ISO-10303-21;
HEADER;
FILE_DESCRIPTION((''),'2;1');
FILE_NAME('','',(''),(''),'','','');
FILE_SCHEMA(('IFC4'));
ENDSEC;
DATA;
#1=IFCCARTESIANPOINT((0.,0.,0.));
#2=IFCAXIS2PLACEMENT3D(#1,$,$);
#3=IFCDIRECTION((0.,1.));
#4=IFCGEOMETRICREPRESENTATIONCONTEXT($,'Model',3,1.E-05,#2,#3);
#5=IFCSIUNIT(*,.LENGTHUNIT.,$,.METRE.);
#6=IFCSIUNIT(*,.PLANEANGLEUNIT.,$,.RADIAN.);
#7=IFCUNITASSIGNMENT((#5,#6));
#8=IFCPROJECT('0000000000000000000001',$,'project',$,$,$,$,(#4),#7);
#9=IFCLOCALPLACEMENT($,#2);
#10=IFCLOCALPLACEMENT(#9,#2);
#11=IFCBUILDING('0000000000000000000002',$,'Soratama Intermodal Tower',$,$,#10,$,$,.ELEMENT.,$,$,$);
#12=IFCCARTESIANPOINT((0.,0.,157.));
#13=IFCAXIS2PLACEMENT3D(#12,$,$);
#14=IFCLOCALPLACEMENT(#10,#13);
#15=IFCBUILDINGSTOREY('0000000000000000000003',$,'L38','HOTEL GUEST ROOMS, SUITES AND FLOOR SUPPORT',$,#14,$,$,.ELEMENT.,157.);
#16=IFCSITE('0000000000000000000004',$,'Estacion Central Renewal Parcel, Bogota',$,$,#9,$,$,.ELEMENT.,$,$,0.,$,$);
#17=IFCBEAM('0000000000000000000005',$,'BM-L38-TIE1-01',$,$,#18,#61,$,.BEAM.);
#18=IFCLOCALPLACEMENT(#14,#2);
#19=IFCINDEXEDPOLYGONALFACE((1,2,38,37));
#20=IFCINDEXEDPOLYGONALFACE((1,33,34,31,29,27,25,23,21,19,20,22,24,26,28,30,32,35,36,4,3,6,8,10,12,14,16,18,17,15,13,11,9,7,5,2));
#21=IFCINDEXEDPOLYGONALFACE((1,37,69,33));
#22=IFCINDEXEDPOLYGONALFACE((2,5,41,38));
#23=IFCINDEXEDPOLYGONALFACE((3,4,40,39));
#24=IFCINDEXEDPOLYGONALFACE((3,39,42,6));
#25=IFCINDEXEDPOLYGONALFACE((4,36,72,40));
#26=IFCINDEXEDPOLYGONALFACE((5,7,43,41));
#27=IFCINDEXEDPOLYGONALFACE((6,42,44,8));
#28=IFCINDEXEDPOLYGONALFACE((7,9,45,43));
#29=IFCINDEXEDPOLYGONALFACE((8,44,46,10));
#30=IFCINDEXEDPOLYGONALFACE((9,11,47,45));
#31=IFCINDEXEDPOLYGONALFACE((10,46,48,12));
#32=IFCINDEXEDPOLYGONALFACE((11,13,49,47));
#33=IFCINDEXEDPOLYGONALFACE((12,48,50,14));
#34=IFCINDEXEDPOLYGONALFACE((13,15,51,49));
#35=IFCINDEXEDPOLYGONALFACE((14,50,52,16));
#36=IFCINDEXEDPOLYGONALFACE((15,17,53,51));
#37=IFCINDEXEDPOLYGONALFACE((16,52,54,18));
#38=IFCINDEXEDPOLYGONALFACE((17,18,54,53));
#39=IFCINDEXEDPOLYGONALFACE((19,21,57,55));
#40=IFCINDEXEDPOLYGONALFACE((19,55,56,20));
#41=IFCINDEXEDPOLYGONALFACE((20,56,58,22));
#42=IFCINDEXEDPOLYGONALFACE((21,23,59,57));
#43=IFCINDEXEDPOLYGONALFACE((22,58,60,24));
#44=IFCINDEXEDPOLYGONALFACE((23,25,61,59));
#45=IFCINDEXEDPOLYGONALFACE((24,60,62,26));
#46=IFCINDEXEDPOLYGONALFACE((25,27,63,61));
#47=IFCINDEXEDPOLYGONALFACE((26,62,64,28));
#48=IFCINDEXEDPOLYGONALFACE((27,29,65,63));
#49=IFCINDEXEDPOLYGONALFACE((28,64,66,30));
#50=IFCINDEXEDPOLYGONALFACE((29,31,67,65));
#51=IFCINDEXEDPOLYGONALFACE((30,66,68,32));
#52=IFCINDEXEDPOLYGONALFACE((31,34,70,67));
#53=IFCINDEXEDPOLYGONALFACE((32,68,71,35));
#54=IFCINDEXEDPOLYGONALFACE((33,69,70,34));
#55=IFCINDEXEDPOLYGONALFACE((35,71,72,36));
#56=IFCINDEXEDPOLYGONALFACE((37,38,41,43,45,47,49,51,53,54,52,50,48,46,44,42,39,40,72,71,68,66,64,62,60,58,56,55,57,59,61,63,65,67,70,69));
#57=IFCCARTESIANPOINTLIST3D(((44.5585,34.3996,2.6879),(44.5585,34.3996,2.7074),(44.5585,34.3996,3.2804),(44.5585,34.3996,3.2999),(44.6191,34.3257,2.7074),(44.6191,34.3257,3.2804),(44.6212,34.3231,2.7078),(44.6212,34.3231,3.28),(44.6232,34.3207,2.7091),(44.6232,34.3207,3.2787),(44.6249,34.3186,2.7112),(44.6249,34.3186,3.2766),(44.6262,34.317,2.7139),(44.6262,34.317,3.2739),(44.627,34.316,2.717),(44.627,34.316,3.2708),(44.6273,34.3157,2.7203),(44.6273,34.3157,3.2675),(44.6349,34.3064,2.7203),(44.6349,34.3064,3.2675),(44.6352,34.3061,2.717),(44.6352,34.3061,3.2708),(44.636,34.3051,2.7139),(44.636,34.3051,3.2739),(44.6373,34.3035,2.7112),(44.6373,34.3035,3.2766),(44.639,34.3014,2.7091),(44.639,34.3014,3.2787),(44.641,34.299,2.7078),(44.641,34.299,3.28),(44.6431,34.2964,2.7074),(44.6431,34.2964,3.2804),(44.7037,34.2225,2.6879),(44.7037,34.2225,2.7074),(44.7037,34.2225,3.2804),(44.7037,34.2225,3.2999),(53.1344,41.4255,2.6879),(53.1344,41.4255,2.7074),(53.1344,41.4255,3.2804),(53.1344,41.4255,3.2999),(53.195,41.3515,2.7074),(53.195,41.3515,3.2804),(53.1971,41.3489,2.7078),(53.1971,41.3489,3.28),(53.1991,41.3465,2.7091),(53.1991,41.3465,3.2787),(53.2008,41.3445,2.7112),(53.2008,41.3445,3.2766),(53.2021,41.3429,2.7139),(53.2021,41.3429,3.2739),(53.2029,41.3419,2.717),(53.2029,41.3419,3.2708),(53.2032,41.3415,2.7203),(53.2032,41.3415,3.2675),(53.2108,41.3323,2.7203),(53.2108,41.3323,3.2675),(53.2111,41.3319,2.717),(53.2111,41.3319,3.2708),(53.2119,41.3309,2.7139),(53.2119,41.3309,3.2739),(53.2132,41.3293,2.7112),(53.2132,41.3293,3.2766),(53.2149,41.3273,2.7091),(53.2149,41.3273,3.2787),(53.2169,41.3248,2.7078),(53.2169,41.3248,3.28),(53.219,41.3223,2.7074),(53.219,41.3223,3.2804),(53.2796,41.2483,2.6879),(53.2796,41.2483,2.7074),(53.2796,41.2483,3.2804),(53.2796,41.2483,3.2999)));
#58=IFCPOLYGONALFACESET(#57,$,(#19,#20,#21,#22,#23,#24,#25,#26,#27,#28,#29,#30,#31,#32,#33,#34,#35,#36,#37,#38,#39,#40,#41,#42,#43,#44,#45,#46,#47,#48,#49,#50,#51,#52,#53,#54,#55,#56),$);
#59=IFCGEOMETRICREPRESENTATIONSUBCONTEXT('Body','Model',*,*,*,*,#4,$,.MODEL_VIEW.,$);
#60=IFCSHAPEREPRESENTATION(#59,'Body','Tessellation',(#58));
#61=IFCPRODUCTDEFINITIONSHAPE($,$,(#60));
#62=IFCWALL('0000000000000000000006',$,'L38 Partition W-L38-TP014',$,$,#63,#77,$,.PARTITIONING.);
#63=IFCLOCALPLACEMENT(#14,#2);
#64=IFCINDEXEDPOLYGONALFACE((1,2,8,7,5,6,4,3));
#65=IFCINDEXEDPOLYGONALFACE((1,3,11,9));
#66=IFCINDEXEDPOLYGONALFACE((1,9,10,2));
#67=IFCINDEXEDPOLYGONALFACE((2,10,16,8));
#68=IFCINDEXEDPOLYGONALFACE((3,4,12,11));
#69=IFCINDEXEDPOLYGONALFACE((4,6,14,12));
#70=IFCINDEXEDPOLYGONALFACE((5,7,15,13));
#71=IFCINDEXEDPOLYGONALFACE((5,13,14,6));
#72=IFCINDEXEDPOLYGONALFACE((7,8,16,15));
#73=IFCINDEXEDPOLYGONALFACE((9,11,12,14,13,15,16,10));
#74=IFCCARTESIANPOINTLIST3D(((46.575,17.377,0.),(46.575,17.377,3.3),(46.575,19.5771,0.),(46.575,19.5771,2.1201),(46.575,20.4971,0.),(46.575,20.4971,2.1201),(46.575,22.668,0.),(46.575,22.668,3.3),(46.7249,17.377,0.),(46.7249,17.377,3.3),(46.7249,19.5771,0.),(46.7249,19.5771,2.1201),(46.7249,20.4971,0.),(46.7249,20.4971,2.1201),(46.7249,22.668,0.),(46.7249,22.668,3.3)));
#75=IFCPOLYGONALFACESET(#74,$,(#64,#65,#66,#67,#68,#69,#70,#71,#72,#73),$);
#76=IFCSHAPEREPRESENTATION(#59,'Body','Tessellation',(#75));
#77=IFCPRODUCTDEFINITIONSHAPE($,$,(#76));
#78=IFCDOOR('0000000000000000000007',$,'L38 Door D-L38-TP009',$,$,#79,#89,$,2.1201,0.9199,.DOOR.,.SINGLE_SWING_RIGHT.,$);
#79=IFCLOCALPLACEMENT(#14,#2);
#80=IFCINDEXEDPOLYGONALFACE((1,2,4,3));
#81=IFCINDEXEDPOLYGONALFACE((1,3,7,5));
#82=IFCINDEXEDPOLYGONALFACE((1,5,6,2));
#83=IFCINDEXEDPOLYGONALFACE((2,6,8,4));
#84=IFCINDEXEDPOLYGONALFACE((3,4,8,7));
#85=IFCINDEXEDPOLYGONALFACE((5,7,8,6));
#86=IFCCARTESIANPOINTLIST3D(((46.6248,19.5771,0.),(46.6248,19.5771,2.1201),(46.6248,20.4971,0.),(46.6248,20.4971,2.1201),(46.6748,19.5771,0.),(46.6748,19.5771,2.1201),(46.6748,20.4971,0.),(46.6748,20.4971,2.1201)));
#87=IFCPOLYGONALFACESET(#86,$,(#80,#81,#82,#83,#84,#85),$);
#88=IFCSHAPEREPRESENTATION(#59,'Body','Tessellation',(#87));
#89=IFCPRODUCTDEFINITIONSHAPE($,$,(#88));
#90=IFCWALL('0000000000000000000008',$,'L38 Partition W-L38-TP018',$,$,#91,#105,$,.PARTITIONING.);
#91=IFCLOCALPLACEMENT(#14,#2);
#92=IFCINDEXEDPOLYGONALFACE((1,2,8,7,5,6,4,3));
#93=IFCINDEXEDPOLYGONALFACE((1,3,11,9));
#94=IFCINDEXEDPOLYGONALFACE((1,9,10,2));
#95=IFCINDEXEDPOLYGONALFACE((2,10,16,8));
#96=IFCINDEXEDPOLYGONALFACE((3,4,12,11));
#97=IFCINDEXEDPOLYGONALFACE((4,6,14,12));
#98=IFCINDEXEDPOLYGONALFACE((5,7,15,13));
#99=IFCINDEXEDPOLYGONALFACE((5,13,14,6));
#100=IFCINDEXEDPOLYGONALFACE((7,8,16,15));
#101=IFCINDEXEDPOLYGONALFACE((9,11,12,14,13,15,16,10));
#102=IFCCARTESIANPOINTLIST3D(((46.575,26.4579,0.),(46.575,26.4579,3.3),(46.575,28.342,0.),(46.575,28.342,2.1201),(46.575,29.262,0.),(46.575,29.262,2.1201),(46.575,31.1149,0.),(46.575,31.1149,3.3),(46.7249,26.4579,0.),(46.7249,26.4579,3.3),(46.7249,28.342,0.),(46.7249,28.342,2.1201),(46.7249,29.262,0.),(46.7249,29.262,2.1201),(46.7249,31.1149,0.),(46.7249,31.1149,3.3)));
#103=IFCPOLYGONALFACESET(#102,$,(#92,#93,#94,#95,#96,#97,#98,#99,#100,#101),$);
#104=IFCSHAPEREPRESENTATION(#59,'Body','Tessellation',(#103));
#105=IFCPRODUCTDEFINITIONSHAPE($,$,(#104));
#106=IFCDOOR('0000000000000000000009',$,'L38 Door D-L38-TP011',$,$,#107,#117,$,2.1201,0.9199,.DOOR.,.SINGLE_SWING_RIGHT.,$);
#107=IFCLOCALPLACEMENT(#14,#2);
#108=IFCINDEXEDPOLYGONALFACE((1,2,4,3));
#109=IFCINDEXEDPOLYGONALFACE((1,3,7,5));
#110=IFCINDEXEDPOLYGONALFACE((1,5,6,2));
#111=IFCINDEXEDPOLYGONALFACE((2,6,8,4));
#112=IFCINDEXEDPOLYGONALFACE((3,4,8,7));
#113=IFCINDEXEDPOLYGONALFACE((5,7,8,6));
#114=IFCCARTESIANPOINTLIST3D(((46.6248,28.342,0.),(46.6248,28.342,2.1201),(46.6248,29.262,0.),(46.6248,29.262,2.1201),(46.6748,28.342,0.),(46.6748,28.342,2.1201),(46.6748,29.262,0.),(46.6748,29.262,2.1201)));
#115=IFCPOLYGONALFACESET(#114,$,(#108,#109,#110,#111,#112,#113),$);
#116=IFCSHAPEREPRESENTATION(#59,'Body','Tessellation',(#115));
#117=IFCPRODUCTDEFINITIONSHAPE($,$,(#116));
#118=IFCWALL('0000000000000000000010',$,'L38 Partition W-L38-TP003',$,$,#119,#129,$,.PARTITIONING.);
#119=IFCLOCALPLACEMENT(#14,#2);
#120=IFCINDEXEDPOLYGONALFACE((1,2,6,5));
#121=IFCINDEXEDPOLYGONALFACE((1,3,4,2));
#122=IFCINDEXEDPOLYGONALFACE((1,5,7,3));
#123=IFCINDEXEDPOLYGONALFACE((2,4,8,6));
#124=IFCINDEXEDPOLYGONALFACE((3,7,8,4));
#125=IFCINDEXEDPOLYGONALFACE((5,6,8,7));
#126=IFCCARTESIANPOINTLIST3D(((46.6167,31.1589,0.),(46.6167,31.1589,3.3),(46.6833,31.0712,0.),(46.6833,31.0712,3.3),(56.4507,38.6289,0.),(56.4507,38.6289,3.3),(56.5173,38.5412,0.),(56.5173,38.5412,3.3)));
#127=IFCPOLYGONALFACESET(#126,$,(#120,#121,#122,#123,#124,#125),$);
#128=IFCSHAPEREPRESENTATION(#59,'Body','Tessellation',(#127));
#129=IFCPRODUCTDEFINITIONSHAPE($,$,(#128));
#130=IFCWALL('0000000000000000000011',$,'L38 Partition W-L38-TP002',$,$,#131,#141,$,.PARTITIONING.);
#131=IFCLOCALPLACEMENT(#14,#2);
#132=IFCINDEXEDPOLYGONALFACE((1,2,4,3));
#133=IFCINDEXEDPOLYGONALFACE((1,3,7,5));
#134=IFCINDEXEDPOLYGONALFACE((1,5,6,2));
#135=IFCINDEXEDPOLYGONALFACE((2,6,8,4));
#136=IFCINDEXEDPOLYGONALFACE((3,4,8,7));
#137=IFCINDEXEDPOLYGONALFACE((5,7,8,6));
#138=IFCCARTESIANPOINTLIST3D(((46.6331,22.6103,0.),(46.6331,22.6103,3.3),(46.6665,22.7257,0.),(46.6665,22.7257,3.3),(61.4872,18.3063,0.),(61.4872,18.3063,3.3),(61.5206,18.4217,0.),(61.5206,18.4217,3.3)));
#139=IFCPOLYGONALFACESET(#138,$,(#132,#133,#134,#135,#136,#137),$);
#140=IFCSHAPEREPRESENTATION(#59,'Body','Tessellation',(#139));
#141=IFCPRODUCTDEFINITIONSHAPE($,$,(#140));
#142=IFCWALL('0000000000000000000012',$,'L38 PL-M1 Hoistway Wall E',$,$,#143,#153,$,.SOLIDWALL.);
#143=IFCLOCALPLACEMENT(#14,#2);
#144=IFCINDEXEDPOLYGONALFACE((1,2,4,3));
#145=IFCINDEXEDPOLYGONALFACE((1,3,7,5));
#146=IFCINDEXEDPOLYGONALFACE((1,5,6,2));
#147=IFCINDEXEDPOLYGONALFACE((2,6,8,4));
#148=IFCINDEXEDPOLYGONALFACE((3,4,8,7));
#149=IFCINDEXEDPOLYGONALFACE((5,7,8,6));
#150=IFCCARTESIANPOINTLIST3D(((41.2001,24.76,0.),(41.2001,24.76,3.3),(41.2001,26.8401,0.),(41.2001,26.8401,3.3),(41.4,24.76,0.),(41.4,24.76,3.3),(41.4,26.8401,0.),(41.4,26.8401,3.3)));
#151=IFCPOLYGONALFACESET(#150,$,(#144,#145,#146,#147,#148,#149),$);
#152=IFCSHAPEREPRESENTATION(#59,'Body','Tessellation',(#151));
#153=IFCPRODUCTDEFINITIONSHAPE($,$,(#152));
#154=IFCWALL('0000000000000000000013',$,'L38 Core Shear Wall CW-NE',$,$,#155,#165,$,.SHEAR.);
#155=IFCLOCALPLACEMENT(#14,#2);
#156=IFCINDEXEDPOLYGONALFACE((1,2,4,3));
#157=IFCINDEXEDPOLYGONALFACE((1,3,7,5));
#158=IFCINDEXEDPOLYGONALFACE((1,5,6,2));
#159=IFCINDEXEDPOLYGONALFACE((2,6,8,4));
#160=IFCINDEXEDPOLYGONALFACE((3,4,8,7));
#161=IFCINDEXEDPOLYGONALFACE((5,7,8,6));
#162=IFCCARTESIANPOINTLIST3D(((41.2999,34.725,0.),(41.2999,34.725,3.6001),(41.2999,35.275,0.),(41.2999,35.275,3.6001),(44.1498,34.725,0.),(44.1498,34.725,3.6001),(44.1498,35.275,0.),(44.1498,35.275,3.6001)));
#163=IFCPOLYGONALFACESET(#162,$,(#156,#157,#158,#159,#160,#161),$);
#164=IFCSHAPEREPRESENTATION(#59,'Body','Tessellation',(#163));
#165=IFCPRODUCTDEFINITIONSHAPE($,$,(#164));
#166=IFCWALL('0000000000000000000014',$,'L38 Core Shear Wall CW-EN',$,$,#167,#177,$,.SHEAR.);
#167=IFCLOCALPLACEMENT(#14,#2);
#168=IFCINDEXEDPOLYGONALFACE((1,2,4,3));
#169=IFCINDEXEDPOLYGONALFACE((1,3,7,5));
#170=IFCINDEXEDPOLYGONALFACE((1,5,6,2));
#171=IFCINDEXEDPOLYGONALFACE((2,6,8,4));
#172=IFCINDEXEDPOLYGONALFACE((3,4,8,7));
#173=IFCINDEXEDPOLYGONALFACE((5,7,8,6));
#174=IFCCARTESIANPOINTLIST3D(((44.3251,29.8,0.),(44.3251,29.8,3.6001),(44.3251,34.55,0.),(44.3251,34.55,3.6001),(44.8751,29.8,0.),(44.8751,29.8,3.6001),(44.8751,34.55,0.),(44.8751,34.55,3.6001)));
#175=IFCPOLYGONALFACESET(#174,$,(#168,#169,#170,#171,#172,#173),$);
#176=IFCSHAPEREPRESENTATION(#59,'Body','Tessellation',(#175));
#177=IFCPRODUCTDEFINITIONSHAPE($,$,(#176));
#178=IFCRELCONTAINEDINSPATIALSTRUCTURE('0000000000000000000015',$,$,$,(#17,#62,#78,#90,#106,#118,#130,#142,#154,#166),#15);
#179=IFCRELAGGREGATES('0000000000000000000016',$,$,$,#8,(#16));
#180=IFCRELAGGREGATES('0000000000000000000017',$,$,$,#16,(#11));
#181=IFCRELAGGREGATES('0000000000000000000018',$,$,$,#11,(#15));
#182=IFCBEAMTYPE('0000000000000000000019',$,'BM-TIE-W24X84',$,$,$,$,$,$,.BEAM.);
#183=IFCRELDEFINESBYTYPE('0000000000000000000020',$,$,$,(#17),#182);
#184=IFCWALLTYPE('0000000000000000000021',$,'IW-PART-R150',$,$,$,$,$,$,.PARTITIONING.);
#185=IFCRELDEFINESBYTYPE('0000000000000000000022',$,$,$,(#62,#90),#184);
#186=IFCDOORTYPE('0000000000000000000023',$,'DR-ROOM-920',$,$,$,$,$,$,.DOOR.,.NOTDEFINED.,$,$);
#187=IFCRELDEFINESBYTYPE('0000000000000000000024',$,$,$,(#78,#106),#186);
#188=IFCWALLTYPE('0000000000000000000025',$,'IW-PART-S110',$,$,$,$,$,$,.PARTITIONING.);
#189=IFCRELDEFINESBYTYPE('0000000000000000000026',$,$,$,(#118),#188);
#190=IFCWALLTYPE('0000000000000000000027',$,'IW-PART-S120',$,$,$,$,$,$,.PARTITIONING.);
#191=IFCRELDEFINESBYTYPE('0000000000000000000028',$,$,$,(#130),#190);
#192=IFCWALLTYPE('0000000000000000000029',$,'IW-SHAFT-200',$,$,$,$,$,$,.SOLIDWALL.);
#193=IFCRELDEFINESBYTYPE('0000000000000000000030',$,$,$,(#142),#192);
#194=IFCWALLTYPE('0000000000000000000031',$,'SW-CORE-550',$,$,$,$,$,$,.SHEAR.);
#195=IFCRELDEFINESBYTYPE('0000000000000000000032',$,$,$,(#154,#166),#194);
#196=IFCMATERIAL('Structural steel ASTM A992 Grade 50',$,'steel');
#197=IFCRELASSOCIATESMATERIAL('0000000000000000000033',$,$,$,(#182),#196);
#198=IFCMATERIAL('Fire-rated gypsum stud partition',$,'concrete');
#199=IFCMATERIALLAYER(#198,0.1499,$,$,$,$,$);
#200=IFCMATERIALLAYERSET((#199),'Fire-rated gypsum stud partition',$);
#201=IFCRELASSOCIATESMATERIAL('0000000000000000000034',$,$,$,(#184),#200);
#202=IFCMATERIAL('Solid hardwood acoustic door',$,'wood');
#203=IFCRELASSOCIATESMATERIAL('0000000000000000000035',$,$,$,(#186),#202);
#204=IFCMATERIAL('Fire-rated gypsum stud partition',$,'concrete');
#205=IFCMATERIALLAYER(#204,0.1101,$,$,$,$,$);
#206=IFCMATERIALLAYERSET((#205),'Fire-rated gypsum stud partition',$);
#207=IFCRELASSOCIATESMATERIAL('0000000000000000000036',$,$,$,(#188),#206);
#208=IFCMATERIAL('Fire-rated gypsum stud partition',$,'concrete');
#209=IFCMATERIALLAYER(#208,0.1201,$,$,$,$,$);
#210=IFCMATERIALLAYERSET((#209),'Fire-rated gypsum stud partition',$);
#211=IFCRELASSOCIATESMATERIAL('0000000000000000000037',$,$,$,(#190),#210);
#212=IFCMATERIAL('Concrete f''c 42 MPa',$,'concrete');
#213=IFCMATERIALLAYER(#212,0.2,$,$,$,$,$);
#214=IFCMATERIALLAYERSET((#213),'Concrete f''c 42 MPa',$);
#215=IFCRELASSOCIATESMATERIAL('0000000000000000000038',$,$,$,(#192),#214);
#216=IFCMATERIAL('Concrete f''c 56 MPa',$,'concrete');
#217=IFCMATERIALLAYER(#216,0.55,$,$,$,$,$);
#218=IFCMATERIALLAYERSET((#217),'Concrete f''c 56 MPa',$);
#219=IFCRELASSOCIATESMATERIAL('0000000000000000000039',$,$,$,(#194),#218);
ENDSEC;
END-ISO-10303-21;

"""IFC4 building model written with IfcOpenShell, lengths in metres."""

from ifc_helpers import new_model, si_unit, direction, frame, frame_2d, origin, origin_2d, place, context, subcontext, project, spatial, rectangle, i_section, extrude, material, layer, layer_set, material_profile, profile_set, type_object, element, fill, save


model = new_model("IFC4")

# Units and contexts
model_context = context("Model", 3, precision=1e-05, world=origin(), true_north=direction((0.0, 1.0)))
body_context = subcontext(model_context, "Body", "Model", "MODEL_VIEW")
ifc_project = project(units=[si_unit("LENGTHUNIT", "METRE"), si_unit("PLANEANGLEUNIT", "RADIAN")], contexts=[model_context])

# Site, building, storey
site_placement = place(None, origin())
site = spatial("IfcSite", under=ifc_project, at=site_placement, Name="Estacion Central Renewal Parcel, Bogota", CompositionType="ELEMENT", RefElevation=0.0)
building_placement = place(site_placement, origin())
building = spatial("IfcBuilding", under=site, at=building_placement, Name="Soratama Intermodal Tower", CompositionType="ELEMENT")
storey_placement = place(building_placement, frame((0.0, 0.0, 157.0)))
storey = spatial("IfcBuildingStorey", under=building, at=storey_placement, Name="L38", Description="HOTEL GUEST ROOMS, SUITES AND FLOOR SUPPORT", CompositionType="ELEMENT", Elevation=157.0)

# Beam
ifc_material_1 = material(Name="Structural steel ASTM A992 Grade 50", Category="steel")
ifc_material_profile_1 = material_profile(ifc_material_1, i_section(OverallWidth=0.229, OverallDepth=0.6121, WebThickness=0.012, FlangeThickness=0.0195, FilletRadius=0.0129, at=origin_2d()), Name="W24X84")
ifc_profile_set_1 = profile_set([ifc_material_profile_1], Name="Structural steel ASTM A992 Grade 50")
beam_type_1 = type_object("IfcBeamType", Name="BM-TIE-W24X84", PredefinedType="BEAM", material=ifc_profile_set_1)
beam_1_placement = place(storey_placement, frame((44.6311, 34.311, 2.9939), z_axis=(0.77355, 0.633735, 0.0), x_axis=(-0.633735, 0.77355, 0.0)))
element("IfcBeam", 1, at=beam_1_placement, inside=storey, type_object=beam_type_1, Name="BM-L38-TIE1-01", PredefinedType="BEAM", context=body_context, shape_type="SweptSolid", body=[
    extrude(i_section(OverallWidth=0.229, OverallDepth=0.6121, WebThickness=0.012, FlangeThickness=0.0195, FilletRadius=0.0129, at=origin_2d()), origin(), (0.0, 0.0, 1.0), 11.0864),
])

# Walls, openings, doors
ifc_material_2 = material(Name="Fire-rated gypsum stud partition", Category="concrete")
ifc_layer_1 = layer(ifc_material_2, 0.1499)
ifc_layer_set_1 = layer_set([ifc_layer_1], Name="Fire-rated gypsum stud partition")
wall_type_1 = type_object("IfcWallType", Name="IW-PART-R150", PredefinedType="PARTITIONING", material=ifc_layer_set_1)
wall_1_placement = place(storey_placement, frame((46.6499, 22.668, 0.0), z_axis=(0.0, 0.0, 1.0), x_axis=(0.0, -1.0, 0.0)))
wall_1 = element("IfcWall", 2, at=wall_1_placement, inside=storey, type_object=wall_type_1, Name="L38 Partition W-L38-TP014", PredefinedType="PARTITIONING", context=body_context, shape_type="SweptSolid", body=[
    extrude(rectangle(XDim=5.291, YDim=0.1499, at=frame_2d((2.6455, 0.0))), origin(), (0.0, 0.0, 1.0), 3.3),
])
opening_1_placement = place(wall_1_placement, frame((2.1709, 0.0, 0.0)))
opening_1 = element("IfcOpeningElement", 3, at=opening_1_placement, cuts=wall_1, PredefinedType="OPENING", context=body_context, shape_type="SweptSolid", body=[
    extrude(rectangle(XDim=0.9199, YDim=2.1201, at=frame_2d((0.46, 1.0601))), frame((0.0, 0.085, 0.0), z_axis=(0.0, -1.0, 0.0), x_axis=(1.0, 0.0, 0.0)), (0.0, 0.0, 1.0), 0.1699),
])
ifc_material_3 = material(Name="Solid hardwood acoustic door", Category="wood")
door_type_1 = type_object("IfcDoorType", Name="DR-ROOM-920", OperationType="NOTDEFINED", PredefinedType="DOOR", material=ifc_material_3)
door_1_placement = place(opening_1_placement, origin())
door_1 = element("IfcDoor", 4, at=door_1_placement, inside=storey, type_object=door_type_1, Name="L38 Door D-L38-TP009", OperationType="SINGLE_SWING_RIGHT", OverallHeight=2.1201, OverallWidth=0.9199, PredefinedType="DOOR", context=body_context, shape_type="SweptSolid", body=[
    extrude(rectangle(XDim=0.9199, YDim=2.1201, at=frame_2d((0.46, 1.0601))), frame((0.0, 0.0249, 0.0), z_axis=(0.0, -1.0, 0.0), x_axis=(1.0, 0.0, 0.0)), (0.0, 0.0, 1.0), 0.05),
])
fill(opening_1, door_1)
wall_2_placement = place(storey_placement, frame((46.6499, 31.115, 0.0), z_axis=(0.0, 0.0, 1.0), x_axis=(0.0, -1.0, 0.0)))
wall_2 = element("IfcWall", 5, at=wall_2_placement, inside=storey, type_object=wall_type_1, Name="L38 Partition W-L38-TP018", PredefinedType="PARTITIONING", context=body_context, shape_type="SweptSolid", body=[
    extrude(rectangle(XDim=4.657, YDim=0.1499, at=frame_2d((2.3286, 0.0))), origin(), (0.0, 0.0, 1.0), 3.3),
])
opening_2_placement = place(wall_2_placement, frame((1.853, 0.0, 0.0)))
opening_2 = element("IfcOpeningElement", 6, at=opening_2_placement, cuts=wall_2, PredefinedType="OPENING", context=body_context, shape_type="SweptSolid", body=[
    extrude(rectangle(XDim=0.9199, YDim=2.1201, at=frame_2d((0.46, 1.0601))), frame((0.0, 0.085, 0.0), z_axis=(0.0, -1.0, 0.0), x_axis=(1.0, 0.0, 0.0)), (0.0, 0.0, 1.0), 0.1699),
])
door_2_placement = place(opening_2_placement, origin())
door_2 = element("IfcDoor", 7, at=door_2_placement, inside=storey, type_object=door_type_1, Name="L38 Door D-L38-TP011", OperationType="SINGLE_SWING_RIGHT", OverallHeight=2.1201, OverallWidth=0.9199, PredefinedType="DOOR", context=body_context, shape_type="SweptSolid", body=[
    extrude(rectangle(XDim=0.9199, YDim=2.1201, at=frame_2d((0.46, 1.0601))), frame((0.0, 0.0249, 0.0), z_axis=(0.0, -1.0, 0.0), x_axis=(1.0, 0.0, 0.0)), (0.0, 0.0, 1.0), 0.05),
])
fill(opening_2, door_2)

# Walls
ifc_material_4 = material(Name="Fire-rated gypsum stud partition", Category="concrete")
ifc_layer_2 = layer(ifc_material_4, 0.1101)
ifc_layer_set_2 = layer_set([ifc_layer_2], Name="Fire-rated gypsum stud partition")
wall_type_2 = type_object("IfcWallType", Name="IW-PART-S110", PredefinedType="PARTITIONING", material=ifc_layer_set_2)
wall_3_placement = place(storey_placement, frame((46.6499, 31.115, 0.0), z_axis=(0.0, 0.0, 1.0), x_axis=(0.796313, 0.604885, 0.0)))
element("IfcWall", 8, at=wall_3_placement, inside=storey, type_object=wall_type_2, Name="L38 Partition W-L38-TP003", PredefinedType="PARTITIONING", context=body_context, shape_type="SweptSolid", body=[
    extrude(rectangle(XDim=12.3494, YDim=0.1101, at=frame_2d((6.1748, 0.0))), origin(), (0.0, 0.0, 1.0), 3.3),
])
ifc_material_5 = material(Name="Fire-rated gypsum stud partition", Category="concrete")
ifc_layer_3 = layer(ifc_material_5, 0.1201)
ifc_layer_set_3 = layer_set([ifc_layer_3], Name="Fire-rated gypsum stud partition")
wall_type_3 = type_object("IfcWallType", Name="IW-PART-S120", PredefinedType="PARTITIONING", material=ifc_layer_set_3)
wall_4_placement = place(storey_placement, frame((46.6499, 22.668, 0.0), z_axis=(0.0, 0.0, 1.0), x_axis=(0.960493, -0.278303, 0.0)))
element("IfcWall", 9, at=wall_4_placement, inside=storey, type_object=wall_type_3, Name="L38 Partition W-L38-TP002", PredefinedType="PARTITIONING", context=body_context, shape_type="SweptSolid", body=[
    extrude(rectangle(XDim=15.4651, YDim=0.1201, at=frame_2d((7.7324, 0.0))), origin(), (0.0, 0.0, 1.0), 3.3),
])
ifc_material_6 = material(Name="Concrete f'c 42 MPa", Category="concrete")
ifc_layer_4 = layer(ifc_material_6, 0.2)
ifc_layer_set_4 = layer_set([ifc_layer_4], Name="Concrete f'c 42 MPa")
wall_type_4 = type_object("IfcWallType", Name="IW-SHAFT-200", PredefinedType="SOLIDWALL", material=ifc_layer_set_4)
wall_5_placement = place(storey_placement, frame((41.3, 24.76, 0.0), z_axis=(0.0, 0.0, 1.0), x_axis=(0.0, 1.0, 0.0)))
element("IfcWall", 10, at=wall_5_placement, inside=storey, type_object=wall_type_4, Name="L38 PL-M1 Hoistway Wall E", PredefinedType="SOLIDWALL", context=body_context, shape_type="SweptSolid", body=[
    extrude(rectangle(XDim=2.0801, YDim=0.2, at=frame_2d((1.04, 0.0))), origin(), (0.0, 0.0, 1.0), 3.3),
])
ifc_material_7 = material(Name="Concrete f'c 56 MPa", Category="concrete")
ifc_layer_5 = layer(ifc_material_7, 0.55)
ifc_layer_set_5 = layer_set([ifc_layer_5], Name="Concrete f'c 56 MPa")
wall_type_5 = type_object("IfcWallType", Name="SW-CORE-550", PredefinedType="SHEAR", material=ifc_layer_set_5)
wall_6_placement = place(storey_placement, frame((41.3, 35.0, 0.0), z_axis=(0.0, 0.0, 1.0), x_axis=(1.0, 0.0, 0.0)))
element("IfcWall", 11, at=wall_6_placement, inside=storey, type_object=wall_type_5, Name="L38 Core Shear Wall CW-NE", PredefinedType="SHEAR", context=body_context, shape_type="SweptSolid", body=[
    extrude(rectangle(XDim=2.8499, YDim=0.55, at=frame_2d((1.4248, 0.0))), origin(), (0.0, 0.0, 1.0), 3.6001),
])
wall_7_placement = place(storey_placement, frame((44.6001, 29.8, 0.0), z_axis=(0.0, 0.0, 1.0), x_axis=(0.0, 1.0, 0.0)))
element("IfcWall", 12, at=wall_7_placement, inside=storey, type_object=wall_type_5, Name="L38 Core Shear Wall CW-EN", PredefinedType="SHEAR", context=body_context, shape_type="SweptSolid", body=[
    extrude(rectangle(XDim=4.75, YDim=0.55, at=frame_2d((2.375, 0.0))), origin(), (0.0, 0.0, 1.0), 3.6001),
])

save(model, "model.ifc")
